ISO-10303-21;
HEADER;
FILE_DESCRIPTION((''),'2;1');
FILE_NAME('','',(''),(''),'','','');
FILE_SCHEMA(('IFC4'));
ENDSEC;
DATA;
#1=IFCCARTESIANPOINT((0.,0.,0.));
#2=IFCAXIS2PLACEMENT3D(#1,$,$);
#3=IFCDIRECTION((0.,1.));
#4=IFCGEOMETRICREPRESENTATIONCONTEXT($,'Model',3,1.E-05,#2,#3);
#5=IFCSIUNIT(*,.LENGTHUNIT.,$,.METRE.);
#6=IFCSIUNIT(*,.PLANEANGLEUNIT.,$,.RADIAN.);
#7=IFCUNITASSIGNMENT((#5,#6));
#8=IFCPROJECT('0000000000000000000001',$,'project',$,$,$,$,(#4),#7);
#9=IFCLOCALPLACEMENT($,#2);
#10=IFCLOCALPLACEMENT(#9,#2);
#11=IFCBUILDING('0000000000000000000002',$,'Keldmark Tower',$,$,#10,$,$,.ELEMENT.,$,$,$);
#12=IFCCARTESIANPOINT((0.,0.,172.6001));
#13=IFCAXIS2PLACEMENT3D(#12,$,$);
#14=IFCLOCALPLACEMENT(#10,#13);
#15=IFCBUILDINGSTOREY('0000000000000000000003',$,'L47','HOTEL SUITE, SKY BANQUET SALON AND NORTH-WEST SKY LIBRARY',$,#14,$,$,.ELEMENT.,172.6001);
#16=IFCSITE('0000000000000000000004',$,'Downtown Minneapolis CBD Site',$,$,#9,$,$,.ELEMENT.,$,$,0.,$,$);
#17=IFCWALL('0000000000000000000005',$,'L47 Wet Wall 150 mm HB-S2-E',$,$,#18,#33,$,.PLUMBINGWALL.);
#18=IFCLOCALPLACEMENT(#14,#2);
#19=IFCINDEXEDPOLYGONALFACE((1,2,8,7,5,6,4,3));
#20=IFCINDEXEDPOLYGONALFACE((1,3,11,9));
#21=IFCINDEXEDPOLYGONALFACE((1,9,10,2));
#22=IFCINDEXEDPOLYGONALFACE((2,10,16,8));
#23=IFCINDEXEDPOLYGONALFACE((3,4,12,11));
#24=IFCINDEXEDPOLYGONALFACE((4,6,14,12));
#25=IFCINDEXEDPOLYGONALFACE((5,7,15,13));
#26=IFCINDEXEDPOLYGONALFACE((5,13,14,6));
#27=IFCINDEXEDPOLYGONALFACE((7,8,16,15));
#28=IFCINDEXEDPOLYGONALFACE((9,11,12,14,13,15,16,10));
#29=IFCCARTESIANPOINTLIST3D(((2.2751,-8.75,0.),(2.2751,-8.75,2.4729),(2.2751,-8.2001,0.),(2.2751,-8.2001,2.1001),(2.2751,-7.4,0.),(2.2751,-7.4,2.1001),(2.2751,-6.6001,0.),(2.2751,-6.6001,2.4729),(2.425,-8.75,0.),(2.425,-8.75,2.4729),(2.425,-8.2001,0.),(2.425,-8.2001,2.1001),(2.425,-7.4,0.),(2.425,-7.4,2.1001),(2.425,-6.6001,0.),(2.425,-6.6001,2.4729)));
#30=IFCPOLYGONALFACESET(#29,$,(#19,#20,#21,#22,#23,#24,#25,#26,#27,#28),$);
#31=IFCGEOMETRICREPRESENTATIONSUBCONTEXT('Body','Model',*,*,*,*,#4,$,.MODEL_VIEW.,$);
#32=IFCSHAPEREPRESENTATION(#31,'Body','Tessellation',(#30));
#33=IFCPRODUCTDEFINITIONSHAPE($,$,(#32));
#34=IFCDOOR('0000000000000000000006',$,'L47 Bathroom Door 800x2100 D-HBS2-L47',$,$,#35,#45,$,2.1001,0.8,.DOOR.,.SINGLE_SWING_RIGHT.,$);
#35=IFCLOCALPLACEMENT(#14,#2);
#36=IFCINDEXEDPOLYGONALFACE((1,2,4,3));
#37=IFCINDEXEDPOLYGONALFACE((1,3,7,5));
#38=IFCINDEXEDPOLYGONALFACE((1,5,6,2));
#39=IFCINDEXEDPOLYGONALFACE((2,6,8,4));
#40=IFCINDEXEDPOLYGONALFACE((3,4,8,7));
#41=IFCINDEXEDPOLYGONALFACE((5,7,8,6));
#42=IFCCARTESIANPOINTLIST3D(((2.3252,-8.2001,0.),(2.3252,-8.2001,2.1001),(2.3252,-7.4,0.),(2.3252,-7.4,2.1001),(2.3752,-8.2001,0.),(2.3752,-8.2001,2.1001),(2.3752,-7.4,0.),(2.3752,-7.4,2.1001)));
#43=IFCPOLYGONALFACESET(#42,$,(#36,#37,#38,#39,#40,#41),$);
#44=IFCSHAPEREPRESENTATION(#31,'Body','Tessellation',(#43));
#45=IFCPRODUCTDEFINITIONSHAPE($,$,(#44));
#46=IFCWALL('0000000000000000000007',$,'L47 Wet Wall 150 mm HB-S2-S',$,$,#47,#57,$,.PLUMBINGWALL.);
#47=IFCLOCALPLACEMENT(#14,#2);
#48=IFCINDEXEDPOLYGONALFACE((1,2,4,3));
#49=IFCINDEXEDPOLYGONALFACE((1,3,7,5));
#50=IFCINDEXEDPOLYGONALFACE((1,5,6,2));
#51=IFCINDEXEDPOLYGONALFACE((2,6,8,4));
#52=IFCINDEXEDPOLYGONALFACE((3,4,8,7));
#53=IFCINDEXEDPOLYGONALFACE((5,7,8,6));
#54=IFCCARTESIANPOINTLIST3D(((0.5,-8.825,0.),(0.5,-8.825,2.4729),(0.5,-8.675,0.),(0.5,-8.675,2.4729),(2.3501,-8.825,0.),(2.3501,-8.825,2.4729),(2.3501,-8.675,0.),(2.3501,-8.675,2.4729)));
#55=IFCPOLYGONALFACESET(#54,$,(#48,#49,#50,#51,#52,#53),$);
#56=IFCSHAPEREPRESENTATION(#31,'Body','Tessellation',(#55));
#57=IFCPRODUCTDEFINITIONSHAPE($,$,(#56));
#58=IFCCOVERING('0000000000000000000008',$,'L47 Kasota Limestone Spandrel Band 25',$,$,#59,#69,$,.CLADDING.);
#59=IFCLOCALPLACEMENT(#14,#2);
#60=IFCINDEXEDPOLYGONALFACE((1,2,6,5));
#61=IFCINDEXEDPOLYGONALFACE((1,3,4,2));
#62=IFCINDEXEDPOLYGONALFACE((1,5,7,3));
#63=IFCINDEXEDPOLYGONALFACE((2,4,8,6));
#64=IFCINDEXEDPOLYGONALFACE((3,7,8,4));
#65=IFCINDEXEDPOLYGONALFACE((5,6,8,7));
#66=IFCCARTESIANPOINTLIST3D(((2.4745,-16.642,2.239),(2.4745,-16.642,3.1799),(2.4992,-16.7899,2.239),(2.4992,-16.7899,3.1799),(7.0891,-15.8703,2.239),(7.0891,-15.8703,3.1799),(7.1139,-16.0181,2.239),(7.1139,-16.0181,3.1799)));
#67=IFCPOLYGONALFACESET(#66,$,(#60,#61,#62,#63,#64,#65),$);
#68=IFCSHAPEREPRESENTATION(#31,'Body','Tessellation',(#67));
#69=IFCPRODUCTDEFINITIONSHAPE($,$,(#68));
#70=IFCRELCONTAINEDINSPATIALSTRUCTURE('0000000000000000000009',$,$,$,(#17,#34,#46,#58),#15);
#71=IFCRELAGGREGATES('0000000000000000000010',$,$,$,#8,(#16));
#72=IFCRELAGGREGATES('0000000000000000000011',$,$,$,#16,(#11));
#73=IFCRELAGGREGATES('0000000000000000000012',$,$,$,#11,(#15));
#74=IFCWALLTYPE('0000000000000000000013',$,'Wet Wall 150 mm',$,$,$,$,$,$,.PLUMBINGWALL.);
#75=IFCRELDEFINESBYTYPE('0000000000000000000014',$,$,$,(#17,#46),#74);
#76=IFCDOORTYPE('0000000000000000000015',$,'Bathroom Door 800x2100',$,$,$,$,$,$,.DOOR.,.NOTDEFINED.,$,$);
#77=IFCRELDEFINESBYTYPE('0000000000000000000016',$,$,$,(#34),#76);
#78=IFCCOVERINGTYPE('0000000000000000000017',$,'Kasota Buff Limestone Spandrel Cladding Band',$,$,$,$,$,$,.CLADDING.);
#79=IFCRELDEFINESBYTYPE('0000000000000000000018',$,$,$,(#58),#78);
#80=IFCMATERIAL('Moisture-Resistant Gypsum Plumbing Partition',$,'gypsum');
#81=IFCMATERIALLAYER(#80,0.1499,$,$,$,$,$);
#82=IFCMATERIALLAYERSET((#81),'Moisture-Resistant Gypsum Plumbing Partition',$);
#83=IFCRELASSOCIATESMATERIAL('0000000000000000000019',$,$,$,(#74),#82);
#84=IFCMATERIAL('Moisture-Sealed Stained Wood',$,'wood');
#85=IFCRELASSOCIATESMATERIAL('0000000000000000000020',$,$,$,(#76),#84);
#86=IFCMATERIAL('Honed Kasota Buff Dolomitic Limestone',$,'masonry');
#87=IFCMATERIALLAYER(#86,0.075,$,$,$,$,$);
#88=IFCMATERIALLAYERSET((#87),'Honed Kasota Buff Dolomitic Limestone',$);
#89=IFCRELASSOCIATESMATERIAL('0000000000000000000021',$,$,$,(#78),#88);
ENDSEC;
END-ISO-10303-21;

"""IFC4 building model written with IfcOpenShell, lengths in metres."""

from ifc_helpers import new_model, si_unit, direction, frame, frame_2d, origin, origin_2d, place, context, subcontext, project, spatial, rectangle, extrude, material, layer, layer_set, type_object, element, fill, save


model = new_model("IFC4")

# Units and contexts
model_context = context("Model", 3, precision=1e-05, world=origin(), true_north=direction((0.0, 1.0)))
body_context = subcontext(model_context, "Body", "Model", "MODEL_VIEW")
ifc_project = project(units=[si_unit("LENGTHUNIT", "METRE"), si_unit("PLANEANGLEUNIT", "RADIAN")], contexts=[model_context])

# Site, building, storey
site_placement = place(None, origin())
site = spatial("IfcSite", under=ifc_project, at=site_placement, Name="Downtown Minneapolis CBD Site", CompositionType="ELEMENT", RefElevation=0.0)
building_placement = place(site_placement, origin())
building = spatial("IfcBuilding", under=site, at=building_placement, Name="Keldmark Tower", CompositionType="ELEMENT")
storey_placement = place(building_placement, frame((0.0, 0.0, 172.6001)))
storey = spatial("IfcBuildingStorey", under=building, at=storey_placement, Name="L47", Description="HOTEL SUITE, SKY BANQUET SALON AND NORTH-WEST SKY LIBRARY", CompositionType="ELEMENT", Elevation=172.6001)

# Shared definitions
ifc_material_1 = material(Name="Moisture-Resistant Gypsum Plumbing Partition", Category="gypsum")
ifc_layer_1 = layer(ifc_material_1, 0.1499)
ifc_layer_set_1 = layer_set([ifc_layer_1], Name="Moisture-Resistant Gypsum Plumbing Partition")
wall_type_1 = type_object("IfcWallType", Name="Wet Wall 150 mm", PredefinedType="PLUMBINGWALL", material=ifc_layer_set_1)

# Wall, opening, door
wall_1_placement = place(storey_placement, frame((2.3501, -8.75, 0.0), z_axis=(0.0, 0.0, 1.0), x_axis=(0.0, 1.0, 0.0)))
wall_1 = element("IfcWall", 1, at=wall_1_placement, inside=storey, type_object=wall_type_1, Name="L47 Wet Wall 150 mm HB-S2-E", PredefinedType="PLUMBINGWALL", context=body_context, shape_type="SweptSolid", body=[
    extrude(rectangle(XDim=2.1499, YDim=0.1499, at=frame_2d((1.075, 0.0))), origin(), (0.0, 0.0, 1.0), 2.4729),
])
opening_1_placement = place(wall_1_placement, frame((0.55, 0.0, 0.0)))
opening_1 = element("IfcOpeningElement", 2, at=opening_1_placement, cuts=wall_1, PredefinedType="OPENING", context=body_context, shape_type="SweptSolid", body=[
    extrude(rectangle(XDim=0.8, YDim=2.1001, at=frame_2d((0.3999, 1.05))), frame((0.0, 0.085, 0.0), z_axis=(0.0, -1.0, 0.0), x_axis=(1.0, 0.0, 0.0)), (0.0, 0.0, 1.0), 0.1699),
])
ifc_material_2 = material(Name="Moisture-Sealed Stained Wood", Category="wood")
door_type = type_object("IfcDoorType", Name="Bathroom Door 800x2100", OperationType="NOTDEFINED", PredefinedType="DOOR", material=ifc_material_2)
door_placement = place(opening_1_placement, origin())
door = element("IfcDoor", 3, at=door_placement, inside=storey, type_object=door_type, Name="L47 Bathroom Door 800x2100 D-HBS2-L47", OperationType="SINGLE_SWING_RIGHT", OverallHeight=2.1001, OverallWidth=0.8, PredefinedType="DOOR", context=body_context, shape_type="SweptSolid", body=[
    extrude(rectangle(XDim=0.8, YDim=2.1001, at=frame_2d((0.3999, 1.05))), frame((0.0, 0.0249, 0.0), z_axis=(0.0, -1.0, 0.0), x_axis=(1.0, 0.0, 0.0)), (0.0, 0.0, 1.0), 0.05),
])
fill(opening_1, door)

# Wall
wall_2_placement = place(storey_placement, frame((0.5, -8.75, 0.0), z_axis=(0.0, 0.0, 1.0), x_axis=(1.0, 0.0, 0.0)))
element("IfcWall", 4, at=wall_2_placement, inside=storey, type_object=wall_type_1, Name="L47 Wet Wall 150 mm HB-S2-S", PredefinedType="PLUMBINGWALL", context=body_context, shape_type="SweptSolid", body=[
    extrude(rectangle(XDim=1.8501, YDim=0.1499, at=frame_2d((0.925, 0.0))), origin(), (0.0, 0.0, 1.0), 2.4729),
])

# Covering
ifc_material_3 = material(Name="Honed Kasota Buff Dolomitic Limestone", Category="masonry")
ifc_layer_2 = layer(ifc_material_3, 0.075)
ifc_layer_set_2 = layer_set([ifc_layer_2], Name="Honed Kasota Buff Dolomitic Limestone")
covering_type = type_object("IfcCoveringType", Name="Kasota Buff Limestone Spandrel Cladding Band", PredefinedType="CLADDING", material=ifc_layer_set_2)
covering_placement = place(storey_placement, frame((4.7942, -16.3301, 2.239), z_axis=(0.0, 0.0, 1.0), x_axis=(0.986303, 0.164944, 0.0)))
element("IfcCovering", 5, at=covering_placement, inside=storey, type_object=covering_type, Name="L47 Kasota Limestone Spandrel Band 25", PredefinedType="CLADDING", context=body_context, shape_type="SweptSolid", body=[
    extrude(rectangle(XDim=4.6787, YDim=0.1499, at=origin_2d()), origin(), (0.0, 0.0, 1.0), 0.9409),
])

save(model, "model.ifc")
